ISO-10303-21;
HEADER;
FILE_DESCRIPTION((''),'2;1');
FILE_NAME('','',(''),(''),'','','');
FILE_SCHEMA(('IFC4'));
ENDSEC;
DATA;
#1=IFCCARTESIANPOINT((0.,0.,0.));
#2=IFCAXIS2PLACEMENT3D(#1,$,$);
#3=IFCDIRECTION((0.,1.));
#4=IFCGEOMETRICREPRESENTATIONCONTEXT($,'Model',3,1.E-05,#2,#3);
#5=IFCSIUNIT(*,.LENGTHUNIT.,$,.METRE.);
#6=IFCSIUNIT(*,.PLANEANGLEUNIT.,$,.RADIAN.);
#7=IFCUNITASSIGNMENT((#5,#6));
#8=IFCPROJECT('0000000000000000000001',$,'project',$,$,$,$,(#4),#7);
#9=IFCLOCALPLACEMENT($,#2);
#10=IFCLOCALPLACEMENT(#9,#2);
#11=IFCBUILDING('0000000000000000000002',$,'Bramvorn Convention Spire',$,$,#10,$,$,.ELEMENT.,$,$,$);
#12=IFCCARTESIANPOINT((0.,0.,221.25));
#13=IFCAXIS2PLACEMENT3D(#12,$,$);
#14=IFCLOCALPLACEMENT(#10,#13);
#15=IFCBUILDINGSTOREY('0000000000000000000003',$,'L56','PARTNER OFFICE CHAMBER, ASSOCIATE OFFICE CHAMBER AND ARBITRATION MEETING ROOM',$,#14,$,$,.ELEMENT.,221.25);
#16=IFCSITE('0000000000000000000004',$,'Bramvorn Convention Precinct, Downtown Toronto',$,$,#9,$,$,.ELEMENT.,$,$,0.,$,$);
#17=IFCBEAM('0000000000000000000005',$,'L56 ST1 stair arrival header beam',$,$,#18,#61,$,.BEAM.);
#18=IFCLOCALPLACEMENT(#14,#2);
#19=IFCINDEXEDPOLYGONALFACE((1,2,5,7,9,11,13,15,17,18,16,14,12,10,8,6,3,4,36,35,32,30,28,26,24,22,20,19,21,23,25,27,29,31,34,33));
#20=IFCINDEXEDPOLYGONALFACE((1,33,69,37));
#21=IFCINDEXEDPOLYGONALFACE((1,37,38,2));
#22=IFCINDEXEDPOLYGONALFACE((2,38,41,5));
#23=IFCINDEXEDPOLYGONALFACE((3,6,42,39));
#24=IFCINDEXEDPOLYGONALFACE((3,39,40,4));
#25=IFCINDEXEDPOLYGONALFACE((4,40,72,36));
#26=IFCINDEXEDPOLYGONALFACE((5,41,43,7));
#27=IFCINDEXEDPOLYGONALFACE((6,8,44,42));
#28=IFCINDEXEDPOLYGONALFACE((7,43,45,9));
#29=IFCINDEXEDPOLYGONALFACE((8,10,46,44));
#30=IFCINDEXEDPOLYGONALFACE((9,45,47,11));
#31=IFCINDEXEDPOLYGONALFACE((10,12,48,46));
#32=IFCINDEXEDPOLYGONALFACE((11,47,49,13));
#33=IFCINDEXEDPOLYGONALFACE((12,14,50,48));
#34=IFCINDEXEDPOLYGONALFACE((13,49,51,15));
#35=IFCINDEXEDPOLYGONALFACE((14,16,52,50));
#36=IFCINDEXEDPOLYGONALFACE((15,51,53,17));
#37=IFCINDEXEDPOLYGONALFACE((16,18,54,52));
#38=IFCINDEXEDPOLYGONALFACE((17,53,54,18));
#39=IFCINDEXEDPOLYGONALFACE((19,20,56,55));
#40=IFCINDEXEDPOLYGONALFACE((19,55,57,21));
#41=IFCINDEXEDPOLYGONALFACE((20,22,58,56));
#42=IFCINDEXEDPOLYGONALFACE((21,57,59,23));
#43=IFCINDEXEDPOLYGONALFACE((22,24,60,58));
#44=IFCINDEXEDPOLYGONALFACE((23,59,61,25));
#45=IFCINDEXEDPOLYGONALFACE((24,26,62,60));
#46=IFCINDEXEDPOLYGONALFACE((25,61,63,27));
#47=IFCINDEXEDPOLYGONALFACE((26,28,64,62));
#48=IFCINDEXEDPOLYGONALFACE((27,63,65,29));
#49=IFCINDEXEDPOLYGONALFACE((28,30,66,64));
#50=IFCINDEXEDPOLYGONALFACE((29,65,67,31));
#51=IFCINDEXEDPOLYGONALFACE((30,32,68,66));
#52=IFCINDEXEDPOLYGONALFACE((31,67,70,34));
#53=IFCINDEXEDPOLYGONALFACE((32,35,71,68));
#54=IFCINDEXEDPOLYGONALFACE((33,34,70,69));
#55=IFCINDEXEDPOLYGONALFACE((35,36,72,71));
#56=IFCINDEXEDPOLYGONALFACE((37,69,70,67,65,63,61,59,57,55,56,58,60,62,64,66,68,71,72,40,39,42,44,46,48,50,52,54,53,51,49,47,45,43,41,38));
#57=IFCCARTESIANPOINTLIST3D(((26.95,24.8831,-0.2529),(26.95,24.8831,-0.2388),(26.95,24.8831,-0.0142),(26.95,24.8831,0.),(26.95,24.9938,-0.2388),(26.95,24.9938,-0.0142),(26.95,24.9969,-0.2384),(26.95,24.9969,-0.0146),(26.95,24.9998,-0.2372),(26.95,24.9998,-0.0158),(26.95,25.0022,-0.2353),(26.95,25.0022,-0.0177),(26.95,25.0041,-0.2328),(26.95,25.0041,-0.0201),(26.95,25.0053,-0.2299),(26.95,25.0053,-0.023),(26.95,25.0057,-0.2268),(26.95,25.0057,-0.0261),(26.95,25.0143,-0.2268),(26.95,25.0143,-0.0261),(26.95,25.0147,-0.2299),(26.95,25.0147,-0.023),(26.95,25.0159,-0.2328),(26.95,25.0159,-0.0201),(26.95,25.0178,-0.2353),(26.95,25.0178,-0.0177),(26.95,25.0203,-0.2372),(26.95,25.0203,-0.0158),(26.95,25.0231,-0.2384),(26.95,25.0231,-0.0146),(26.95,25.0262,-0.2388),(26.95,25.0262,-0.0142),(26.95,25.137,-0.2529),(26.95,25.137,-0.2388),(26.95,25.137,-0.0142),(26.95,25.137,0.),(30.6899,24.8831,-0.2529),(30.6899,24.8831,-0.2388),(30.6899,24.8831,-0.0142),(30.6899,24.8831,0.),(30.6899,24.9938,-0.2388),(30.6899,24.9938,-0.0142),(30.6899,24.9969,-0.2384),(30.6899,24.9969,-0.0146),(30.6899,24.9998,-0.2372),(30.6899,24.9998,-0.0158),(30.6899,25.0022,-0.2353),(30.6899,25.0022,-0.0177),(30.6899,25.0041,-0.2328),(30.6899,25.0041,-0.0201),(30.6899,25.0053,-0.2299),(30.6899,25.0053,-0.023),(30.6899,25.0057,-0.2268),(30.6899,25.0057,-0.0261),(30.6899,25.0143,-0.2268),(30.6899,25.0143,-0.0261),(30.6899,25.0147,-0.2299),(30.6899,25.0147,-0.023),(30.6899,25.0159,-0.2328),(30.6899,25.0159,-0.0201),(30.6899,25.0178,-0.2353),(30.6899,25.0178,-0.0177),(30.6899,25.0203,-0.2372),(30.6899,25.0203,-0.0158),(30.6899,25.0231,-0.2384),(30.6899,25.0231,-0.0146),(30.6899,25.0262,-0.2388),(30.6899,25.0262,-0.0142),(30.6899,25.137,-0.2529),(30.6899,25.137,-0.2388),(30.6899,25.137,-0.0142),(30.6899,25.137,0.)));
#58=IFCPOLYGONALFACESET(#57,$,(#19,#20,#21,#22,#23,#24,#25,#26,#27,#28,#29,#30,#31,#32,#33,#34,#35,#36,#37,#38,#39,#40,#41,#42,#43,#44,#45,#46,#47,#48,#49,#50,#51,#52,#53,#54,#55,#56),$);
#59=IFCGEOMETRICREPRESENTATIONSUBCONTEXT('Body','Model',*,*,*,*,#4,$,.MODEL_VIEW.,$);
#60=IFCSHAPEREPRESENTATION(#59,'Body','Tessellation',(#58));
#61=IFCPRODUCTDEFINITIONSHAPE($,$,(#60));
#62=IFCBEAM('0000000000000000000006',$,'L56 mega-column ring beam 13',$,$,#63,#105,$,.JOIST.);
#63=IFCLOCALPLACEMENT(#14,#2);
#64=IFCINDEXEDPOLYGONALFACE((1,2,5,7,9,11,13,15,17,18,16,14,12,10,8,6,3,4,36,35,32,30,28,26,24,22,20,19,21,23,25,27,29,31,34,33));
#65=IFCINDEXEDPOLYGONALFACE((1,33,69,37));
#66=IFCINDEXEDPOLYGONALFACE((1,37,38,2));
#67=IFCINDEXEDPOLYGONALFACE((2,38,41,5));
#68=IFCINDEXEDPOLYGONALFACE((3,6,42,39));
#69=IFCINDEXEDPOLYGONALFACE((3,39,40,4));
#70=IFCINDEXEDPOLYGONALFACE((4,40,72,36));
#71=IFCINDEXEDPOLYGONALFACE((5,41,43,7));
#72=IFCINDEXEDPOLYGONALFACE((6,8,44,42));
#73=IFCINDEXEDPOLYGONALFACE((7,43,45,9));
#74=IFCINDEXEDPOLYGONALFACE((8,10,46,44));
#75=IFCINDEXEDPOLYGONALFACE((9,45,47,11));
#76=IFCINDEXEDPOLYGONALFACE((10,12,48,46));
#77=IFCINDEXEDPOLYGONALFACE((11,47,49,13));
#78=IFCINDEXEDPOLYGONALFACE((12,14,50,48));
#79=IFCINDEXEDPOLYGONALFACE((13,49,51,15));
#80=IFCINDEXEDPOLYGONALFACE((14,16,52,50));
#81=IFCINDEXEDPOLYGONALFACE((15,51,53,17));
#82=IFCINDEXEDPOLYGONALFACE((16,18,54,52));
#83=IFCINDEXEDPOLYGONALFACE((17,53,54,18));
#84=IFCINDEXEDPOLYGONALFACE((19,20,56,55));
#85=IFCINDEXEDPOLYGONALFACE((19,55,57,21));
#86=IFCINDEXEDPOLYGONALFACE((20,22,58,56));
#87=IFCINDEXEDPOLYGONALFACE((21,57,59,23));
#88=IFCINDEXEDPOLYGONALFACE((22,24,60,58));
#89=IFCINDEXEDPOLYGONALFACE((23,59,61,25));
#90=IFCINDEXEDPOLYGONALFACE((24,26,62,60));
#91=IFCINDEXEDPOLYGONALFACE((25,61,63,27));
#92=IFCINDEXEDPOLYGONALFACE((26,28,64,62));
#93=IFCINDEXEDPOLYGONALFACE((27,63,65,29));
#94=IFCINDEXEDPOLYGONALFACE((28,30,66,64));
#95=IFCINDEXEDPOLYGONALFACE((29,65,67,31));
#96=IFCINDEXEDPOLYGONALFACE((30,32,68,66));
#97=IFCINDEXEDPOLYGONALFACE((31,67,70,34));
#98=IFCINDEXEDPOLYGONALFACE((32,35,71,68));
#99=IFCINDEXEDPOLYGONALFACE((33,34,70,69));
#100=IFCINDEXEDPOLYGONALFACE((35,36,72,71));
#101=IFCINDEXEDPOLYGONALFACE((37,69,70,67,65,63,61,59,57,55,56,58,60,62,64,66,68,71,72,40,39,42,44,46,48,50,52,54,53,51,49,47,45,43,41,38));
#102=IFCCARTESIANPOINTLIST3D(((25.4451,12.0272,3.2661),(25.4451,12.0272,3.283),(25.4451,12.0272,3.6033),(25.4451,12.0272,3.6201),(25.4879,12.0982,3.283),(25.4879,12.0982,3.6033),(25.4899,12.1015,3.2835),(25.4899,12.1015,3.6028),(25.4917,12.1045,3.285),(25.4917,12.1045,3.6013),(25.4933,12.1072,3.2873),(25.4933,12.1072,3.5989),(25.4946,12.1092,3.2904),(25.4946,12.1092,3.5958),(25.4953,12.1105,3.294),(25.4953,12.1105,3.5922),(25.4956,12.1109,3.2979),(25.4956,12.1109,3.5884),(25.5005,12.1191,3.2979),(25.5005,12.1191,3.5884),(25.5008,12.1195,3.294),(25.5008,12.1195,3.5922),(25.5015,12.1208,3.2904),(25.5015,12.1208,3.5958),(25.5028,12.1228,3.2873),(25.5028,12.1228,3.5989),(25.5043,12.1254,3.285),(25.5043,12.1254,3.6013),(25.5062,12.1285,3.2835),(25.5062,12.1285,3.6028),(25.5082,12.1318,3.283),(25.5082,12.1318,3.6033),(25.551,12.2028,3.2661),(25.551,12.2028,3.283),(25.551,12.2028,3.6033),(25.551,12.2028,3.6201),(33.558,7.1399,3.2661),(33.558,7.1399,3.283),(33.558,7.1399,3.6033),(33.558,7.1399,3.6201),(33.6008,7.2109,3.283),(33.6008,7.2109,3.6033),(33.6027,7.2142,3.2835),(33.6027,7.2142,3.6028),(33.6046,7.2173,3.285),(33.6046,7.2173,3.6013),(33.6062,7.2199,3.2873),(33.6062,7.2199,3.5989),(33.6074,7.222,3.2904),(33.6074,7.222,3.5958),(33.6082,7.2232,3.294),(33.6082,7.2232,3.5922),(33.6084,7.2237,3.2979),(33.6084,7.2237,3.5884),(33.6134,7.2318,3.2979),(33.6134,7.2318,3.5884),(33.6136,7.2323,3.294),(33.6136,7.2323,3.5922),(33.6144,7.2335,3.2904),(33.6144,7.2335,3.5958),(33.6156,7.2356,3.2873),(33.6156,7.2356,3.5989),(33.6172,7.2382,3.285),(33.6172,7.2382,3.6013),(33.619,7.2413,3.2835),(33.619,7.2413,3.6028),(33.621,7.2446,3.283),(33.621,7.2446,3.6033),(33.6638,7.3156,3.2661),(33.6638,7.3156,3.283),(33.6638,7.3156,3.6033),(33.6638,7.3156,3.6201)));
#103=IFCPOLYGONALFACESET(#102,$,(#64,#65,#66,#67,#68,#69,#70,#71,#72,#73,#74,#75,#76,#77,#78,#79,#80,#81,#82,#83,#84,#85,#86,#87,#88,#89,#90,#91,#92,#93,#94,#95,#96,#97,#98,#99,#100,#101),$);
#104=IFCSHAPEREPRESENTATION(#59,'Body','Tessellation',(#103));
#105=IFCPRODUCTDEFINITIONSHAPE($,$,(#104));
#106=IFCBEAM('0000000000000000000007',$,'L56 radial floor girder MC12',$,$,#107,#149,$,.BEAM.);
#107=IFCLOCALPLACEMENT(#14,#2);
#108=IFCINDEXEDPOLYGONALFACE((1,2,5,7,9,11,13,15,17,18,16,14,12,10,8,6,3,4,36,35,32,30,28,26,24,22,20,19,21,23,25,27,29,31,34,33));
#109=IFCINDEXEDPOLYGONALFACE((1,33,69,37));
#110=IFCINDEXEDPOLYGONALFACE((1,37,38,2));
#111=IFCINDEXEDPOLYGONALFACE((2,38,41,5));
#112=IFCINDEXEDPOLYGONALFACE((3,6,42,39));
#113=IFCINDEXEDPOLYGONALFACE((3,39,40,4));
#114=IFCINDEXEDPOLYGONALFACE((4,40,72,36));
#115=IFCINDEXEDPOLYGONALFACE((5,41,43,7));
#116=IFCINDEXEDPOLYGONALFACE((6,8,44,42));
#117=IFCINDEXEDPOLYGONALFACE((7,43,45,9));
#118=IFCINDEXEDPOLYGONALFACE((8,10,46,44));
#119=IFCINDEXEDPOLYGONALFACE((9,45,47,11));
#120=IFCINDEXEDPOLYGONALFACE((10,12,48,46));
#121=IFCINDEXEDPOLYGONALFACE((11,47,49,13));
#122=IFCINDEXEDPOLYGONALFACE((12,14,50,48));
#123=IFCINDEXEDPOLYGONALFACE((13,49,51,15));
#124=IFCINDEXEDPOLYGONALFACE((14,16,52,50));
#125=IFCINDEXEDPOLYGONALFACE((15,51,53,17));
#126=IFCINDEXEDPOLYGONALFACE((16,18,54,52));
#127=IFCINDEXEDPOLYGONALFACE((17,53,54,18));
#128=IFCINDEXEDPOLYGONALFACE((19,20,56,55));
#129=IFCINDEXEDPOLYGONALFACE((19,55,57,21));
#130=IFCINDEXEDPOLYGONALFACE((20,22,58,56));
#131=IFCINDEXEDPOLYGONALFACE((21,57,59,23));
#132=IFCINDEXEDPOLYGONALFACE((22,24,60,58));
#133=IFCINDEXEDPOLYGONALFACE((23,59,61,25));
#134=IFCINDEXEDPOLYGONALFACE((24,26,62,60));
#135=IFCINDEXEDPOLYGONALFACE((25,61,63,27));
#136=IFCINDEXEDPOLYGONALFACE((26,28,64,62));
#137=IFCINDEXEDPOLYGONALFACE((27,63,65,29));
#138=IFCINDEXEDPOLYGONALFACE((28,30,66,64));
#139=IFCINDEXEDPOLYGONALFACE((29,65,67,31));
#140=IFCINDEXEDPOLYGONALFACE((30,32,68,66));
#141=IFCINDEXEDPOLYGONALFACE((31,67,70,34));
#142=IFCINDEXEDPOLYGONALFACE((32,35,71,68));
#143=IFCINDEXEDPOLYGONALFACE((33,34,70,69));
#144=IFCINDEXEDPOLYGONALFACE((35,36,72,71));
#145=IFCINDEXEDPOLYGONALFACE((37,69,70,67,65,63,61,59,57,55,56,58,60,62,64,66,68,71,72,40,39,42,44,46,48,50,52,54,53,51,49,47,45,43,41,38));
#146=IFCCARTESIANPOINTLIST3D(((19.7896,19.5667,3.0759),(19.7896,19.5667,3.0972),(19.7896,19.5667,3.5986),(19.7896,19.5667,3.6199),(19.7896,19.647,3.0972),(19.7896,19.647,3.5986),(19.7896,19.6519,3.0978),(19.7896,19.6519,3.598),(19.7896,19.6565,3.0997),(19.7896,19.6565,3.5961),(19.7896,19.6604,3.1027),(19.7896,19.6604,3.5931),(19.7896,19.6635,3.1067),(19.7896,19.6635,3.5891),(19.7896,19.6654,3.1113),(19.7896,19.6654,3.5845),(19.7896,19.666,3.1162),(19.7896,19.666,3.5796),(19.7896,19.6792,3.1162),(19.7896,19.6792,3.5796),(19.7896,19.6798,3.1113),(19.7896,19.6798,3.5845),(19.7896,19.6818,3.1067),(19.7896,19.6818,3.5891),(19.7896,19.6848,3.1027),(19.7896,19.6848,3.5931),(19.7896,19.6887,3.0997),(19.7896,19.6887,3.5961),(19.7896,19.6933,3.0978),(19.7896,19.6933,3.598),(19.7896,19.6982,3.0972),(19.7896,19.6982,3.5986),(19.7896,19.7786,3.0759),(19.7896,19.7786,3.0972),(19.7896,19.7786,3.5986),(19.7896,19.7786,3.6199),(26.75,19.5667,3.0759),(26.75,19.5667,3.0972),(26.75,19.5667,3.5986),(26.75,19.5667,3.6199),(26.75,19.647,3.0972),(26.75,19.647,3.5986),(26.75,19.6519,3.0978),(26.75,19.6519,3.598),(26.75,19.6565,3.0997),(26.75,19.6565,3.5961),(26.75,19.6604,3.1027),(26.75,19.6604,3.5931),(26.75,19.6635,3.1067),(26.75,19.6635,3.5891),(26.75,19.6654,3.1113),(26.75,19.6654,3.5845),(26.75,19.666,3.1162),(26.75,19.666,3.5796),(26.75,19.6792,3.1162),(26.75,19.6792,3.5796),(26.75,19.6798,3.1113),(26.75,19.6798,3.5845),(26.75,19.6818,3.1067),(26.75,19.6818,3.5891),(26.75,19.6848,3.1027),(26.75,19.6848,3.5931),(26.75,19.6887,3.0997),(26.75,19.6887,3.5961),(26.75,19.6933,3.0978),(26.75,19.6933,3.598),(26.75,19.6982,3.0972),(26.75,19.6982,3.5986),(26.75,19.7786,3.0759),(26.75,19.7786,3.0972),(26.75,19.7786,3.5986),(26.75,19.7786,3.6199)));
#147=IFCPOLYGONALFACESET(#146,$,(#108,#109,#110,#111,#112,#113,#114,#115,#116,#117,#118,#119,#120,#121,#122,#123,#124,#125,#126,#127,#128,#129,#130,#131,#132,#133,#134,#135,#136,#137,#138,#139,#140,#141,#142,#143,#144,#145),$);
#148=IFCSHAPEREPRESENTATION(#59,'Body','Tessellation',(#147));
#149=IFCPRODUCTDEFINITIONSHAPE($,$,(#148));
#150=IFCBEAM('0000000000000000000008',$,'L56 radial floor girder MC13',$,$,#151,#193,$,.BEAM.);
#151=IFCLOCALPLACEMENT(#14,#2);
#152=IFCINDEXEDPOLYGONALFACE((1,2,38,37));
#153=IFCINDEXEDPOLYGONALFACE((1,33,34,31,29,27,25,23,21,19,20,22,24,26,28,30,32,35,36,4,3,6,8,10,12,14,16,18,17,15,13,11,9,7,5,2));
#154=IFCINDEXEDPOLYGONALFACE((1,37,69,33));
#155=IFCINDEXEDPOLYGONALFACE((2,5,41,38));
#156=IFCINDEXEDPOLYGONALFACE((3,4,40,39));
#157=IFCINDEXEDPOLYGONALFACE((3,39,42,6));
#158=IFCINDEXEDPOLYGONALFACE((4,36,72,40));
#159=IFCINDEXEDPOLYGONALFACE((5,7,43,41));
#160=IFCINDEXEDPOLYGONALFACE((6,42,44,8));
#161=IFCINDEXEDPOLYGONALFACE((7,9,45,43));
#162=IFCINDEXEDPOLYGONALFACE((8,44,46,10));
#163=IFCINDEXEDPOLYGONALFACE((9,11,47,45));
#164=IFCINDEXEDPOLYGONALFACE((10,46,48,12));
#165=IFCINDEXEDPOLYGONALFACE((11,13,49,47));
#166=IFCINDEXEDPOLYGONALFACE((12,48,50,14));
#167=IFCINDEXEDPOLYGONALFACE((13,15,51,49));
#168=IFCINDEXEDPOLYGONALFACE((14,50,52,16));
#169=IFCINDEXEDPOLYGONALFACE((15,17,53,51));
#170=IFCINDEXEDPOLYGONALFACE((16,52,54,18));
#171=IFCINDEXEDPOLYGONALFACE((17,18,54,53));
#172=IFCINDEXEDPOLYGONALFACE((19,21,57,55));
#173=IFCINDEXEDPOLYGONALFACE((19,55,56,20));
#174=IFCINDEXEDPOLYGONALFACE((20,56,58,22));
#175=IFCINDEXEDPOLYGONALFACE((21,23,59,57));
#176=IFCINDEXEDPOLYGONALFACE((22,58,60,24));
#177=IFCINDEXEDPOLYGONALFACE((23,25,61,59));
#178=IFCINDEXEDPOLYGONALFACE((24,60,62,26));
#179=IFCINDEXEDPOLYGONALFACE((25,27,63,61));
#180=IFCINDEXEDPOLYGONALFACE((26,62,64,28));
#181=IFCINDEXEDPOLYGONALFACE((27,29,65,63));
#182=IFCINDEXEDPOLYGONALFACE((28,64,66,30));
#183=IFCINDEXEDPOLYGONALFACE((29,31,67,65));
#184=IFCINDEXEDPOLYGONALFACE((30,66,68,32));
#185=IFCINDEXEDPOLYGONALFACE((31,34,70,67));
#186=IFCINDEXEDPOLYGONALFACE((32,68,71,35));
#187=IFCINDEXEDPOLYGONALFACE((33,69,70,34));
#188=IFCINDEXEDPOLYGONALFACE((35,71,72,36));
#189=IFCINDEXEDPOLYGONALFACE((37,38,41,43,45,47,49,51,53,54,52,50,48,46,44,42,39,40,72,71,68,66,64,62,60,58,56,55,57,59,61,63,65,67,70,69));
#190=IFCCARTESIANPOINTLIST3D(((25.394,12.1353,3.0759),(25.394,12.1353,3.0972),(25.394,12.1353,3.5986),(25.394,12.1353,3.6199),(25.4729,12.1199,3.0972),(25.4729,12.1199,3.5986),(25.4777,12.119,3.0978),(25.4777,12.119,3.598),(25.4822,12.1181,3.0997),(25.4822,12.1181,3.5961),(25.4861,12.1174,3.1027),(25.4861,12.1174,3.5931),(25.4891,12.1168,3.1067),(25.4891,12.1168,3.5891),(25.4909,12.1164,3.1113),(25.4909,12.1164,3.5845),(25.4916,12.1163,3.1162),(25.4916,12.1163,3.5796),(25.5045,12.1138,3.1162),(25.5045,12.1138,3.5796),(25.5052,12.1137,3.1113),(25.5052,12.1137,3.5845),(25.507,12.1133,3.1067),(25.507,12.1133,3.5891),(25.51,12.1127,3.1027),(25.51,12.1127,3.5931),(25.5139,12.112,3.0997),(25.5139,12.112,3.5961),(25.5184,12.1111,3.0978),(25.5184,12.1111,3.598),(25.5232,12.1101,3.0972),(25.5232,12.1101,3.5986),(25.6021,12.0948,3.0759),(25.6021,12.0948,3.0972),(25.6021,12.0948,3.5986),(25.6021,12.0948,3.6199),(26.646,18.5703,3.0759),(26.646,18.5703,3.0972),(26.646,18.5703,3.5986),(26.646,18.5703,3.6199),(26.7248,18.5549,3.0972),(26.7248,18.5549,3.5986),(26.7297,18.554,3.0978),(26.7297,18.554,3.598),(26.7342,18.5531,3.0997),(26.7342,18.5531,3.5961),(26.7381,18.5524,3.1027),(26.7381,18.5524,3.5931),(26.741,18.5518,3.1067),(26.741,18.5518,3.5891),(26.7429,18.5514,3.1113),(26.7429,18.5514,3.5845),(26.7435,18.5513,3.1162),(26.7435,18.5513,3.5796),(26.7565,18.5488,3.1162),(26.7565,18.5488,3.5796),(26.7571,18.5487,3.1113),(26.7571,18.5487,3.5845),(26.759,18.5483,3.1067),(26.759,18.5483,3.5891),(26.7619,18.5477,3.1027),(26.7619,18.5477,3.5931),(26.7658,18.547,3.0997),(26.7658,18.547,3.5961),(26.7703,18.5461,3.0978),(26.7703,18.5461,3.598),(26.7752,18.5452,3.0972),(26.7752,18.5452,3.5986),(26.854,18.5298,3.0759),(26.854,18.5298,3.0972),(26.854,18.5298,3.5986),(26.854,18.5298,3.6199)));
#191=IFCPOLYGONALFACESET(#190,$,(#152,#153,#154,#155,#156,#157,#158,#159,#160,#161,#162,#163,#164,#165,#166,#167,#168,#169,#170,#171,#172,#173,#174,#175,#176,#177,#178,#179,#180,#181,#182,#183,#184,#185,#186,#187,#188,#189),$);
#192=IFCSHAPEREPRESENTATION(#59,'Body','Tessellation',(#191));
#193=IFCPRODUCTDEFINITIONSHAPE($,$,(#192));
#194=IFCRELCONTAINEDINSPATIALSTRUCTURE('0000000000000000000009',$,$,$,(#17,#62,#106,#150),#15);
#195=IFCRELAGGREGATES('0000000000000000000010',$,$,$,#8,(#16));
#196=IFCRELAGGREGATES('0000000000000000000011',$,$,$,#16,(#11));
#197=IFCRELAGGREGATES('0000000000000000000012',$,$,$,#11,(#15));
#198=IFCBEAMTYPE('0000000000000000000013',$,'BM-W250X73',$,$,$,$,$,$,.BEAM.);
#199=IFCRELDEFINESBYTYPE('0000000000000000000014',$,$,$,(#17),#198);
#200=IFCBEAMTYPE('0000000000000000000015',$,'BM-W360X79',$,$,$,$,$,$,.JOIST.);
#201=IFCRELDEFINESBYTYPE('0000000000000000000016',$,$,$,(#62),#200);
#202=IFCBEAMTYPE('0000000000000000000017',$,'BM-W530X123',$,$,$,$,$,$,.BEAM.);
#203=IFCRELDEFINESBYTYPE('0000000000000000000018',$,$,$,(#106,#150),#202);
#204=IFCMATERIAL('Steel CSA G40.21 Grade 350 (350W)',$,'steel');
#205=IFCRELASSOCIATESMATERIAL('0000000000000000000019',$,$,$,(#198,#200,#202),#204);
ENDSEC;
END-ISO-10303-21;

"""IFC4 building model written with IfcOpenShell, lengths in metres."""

from ifc_helpers import new_model, si_unit, direction, frame, origin, origin_2d, place, context, subcontext, project, spatial, i_section, extrude, material, material_profile, profile_set, type_object, element, save


model = new_model("IFC4")

# Units and contexts
model_context = context("Model", 3, precision=1e-05, world=origin(), true_north=direction((0.0, 1.0)))
body_context = subcontext(model_context, "Body", "Model", "MODEL_VIEW")
ifc_project = project(units=[si_unit("LENGTHUNIT", "METRE"), si_unit("PLANEANGLEUNIT", "RADIAN")], contexts=[model_context])

# Site, building, storey
site_placement = place(None, origin())
site = spatial("IfcSite", under=ifc_project, at=site_placement, Name="Bramvorn Convention Precinct, Downtown Toronto", CompositionType="ELEMENT", RefElevation=0.0)
building_placement = place(site_placement, origin())
building = spatial("IfcBuilding", under=site, at=building_placement, Name="Bramvorn Convention Spire", CompositionType="ELEMENT")
storey_placement = place(building_placement, frame((0.0, 0.0, 221.25)))
storey = spatial("IfcBuildingStorey", under=building, at=storey_placement, Name="L56", Description="PARTNER OFFICE CHAMBER, ASSOCIATE OFFICE CHAMBER AND ARBITRATION MEETING ROOM", CompositionType="ELEMENT", Elevation=221.25)

# Shared definitions
ifc_material_1 = material(Name="Steel CSA G40.21 Grade 350 (350W)", Category="steel")

# Beams
ifc_material_profile_1 = material_profile(ifc_material_1, i_section(OverallWidth=0.2539, OverallDepth=0.2529, WebThickness=0.0085, FlangeThickness=0.0142, FilletRadius=0.012, at=origin_2d()))
ifc_profile_set_1 = profile_set([ifc_material_profile_1], Name="Steel CSA G40.21 Grade 350 (350W) - W250X73")
beam_type_1 = type_object("IfcBeamType", Name="BM-W250X73", PredefinedType="BEAM", material=ifc_profile_set_1)
beam_1_placement = place(storey_placement, frame((26.95, 25.01, -0.1265), z_axis=(1.0, 0.0, 0.0), x_axis=(0.0, 1.0, 0.0)))
element("IfcBeam", 1, at=beam_1_placement, inside=storey, type_object=beam_type_1, Name="L56 ST1 stair arrival header beam", PredefinedType="BEAM", context=body_context, shape_type="SweptSolid", body=[
    extrude(i_section(OverallWidth=0.2539, OverallDepth=0.2529, WebThickness=0.0085, FlangeThickness=0.0142, FilletRadius=0.012, at=origin_2d()), origin(), (0.0, 0.0, 1.0), 3.74),
])
ifc_material_profile_2 = material_profile(ifc_material_1, i_section(OverallWidth=0.2051, OverallDepth=0.354, WebThickness=0.0095, FlangeThickness=0.0168, FilletRadius=0.0149, at=origin_2d()))
ifc_profile_set_2 = profile_set([ifc_material_profile_2], Name="Steel CSA G40.21 Grade 350 (350W) - W360X79")
beam_type_2 = type_object("IfcBeamType", Name="BM-W360X79", PredefinedType="JOIST", material=ifc_profile_set_2)
beam_2_placement = place(storey_placement, frame((25.498, 12.115, 3.4431), z_axis=(0.856582, -0.516011, 0.0), x_axis=(0.516011, 0.856582, 0.0)))
element("IfcBeam", 2, at=beam_2_placement, inside=storey, type_object=beam_type_2, Name="L56 mega-column ring beam 13", PredefinedType="JOIST", context=body_context, shape_type="SweptSolid", body=[
    extrude(i_section(OverallWidth=0.2051, OverallDepth=0.354, WebThickness=0.0095, FlangeThickness=0.0168, FilletRadius=0.0149, at=origin_2d()), origin(), (0.0, 0.0, 1.0), 9.4712),
])
ifc_material_profile_3 = material_profile(ifc_material_1, i_section(OverallWidth=0.2119, OverallDepth=0.5439, WebThickness=0.0132, FlangeThickness=0.0212, FilletRadius=0.019, at=origin_2d()))
ifc_profile_set_3 = profile_set([ifc_material_profile_3], Name="Steel CSA G40.21 Grade 350 (350W) - W530X123")
beam_type_3 = type_object("IfcBeamType", Name="BM-W530X123", PredefinedType="BEAM", material=ifc_profile_set_3)
beam_3_placement = place(storey_placement, frame((26.75, 19.6726, 3.3479), z_axis=(-1.0, 0.0, 0.0), x_axis=(0.0, -1.0, 0.0)))
element("IfcBeam", 3, at=beam_3_placement, inside=storey, type_object=beam_type_3, Name="L56 radial floor girder MC12", PredefinedType="BEAM", context=body_context, shape_type="SweptSolid", body=[
    extrude(i_section(OverallWidth=0.2119, OverallDepth=0.5439, WebThickness=0.0132, FlangeThickness=0.0212, FilletRadius=0.019, at=origin_2d()), origin(), (0.0, 0.0, 1.0), 6.9604),
])
beam_4_placement = place(storey_placement, frame((26.75, 18.55, 3.3479), z_axis=(-0.190971, -0.981596, 0.0), x_axis=(0.981596, -0.190971, 0.0)))
element("IfcBeam", 4, at=beam_4_placement, inside=storey, type_object=beam_type_3, Name="L56 radial floor girder MC13", PredefinedType="BEAM", context=body_context, shape_type="SweptSolid", body=[
    extrude(i_section(OverallWidth=0.2119, OverallDepth=0.5439, WebThickness=0.0132, FlangeThickness=0.0212, FilletRadius=0.019, at=origin_2d()), origin(), (0.0, 0.0, 1.0), 6.5557),
])

save(model, "model.ifc")
